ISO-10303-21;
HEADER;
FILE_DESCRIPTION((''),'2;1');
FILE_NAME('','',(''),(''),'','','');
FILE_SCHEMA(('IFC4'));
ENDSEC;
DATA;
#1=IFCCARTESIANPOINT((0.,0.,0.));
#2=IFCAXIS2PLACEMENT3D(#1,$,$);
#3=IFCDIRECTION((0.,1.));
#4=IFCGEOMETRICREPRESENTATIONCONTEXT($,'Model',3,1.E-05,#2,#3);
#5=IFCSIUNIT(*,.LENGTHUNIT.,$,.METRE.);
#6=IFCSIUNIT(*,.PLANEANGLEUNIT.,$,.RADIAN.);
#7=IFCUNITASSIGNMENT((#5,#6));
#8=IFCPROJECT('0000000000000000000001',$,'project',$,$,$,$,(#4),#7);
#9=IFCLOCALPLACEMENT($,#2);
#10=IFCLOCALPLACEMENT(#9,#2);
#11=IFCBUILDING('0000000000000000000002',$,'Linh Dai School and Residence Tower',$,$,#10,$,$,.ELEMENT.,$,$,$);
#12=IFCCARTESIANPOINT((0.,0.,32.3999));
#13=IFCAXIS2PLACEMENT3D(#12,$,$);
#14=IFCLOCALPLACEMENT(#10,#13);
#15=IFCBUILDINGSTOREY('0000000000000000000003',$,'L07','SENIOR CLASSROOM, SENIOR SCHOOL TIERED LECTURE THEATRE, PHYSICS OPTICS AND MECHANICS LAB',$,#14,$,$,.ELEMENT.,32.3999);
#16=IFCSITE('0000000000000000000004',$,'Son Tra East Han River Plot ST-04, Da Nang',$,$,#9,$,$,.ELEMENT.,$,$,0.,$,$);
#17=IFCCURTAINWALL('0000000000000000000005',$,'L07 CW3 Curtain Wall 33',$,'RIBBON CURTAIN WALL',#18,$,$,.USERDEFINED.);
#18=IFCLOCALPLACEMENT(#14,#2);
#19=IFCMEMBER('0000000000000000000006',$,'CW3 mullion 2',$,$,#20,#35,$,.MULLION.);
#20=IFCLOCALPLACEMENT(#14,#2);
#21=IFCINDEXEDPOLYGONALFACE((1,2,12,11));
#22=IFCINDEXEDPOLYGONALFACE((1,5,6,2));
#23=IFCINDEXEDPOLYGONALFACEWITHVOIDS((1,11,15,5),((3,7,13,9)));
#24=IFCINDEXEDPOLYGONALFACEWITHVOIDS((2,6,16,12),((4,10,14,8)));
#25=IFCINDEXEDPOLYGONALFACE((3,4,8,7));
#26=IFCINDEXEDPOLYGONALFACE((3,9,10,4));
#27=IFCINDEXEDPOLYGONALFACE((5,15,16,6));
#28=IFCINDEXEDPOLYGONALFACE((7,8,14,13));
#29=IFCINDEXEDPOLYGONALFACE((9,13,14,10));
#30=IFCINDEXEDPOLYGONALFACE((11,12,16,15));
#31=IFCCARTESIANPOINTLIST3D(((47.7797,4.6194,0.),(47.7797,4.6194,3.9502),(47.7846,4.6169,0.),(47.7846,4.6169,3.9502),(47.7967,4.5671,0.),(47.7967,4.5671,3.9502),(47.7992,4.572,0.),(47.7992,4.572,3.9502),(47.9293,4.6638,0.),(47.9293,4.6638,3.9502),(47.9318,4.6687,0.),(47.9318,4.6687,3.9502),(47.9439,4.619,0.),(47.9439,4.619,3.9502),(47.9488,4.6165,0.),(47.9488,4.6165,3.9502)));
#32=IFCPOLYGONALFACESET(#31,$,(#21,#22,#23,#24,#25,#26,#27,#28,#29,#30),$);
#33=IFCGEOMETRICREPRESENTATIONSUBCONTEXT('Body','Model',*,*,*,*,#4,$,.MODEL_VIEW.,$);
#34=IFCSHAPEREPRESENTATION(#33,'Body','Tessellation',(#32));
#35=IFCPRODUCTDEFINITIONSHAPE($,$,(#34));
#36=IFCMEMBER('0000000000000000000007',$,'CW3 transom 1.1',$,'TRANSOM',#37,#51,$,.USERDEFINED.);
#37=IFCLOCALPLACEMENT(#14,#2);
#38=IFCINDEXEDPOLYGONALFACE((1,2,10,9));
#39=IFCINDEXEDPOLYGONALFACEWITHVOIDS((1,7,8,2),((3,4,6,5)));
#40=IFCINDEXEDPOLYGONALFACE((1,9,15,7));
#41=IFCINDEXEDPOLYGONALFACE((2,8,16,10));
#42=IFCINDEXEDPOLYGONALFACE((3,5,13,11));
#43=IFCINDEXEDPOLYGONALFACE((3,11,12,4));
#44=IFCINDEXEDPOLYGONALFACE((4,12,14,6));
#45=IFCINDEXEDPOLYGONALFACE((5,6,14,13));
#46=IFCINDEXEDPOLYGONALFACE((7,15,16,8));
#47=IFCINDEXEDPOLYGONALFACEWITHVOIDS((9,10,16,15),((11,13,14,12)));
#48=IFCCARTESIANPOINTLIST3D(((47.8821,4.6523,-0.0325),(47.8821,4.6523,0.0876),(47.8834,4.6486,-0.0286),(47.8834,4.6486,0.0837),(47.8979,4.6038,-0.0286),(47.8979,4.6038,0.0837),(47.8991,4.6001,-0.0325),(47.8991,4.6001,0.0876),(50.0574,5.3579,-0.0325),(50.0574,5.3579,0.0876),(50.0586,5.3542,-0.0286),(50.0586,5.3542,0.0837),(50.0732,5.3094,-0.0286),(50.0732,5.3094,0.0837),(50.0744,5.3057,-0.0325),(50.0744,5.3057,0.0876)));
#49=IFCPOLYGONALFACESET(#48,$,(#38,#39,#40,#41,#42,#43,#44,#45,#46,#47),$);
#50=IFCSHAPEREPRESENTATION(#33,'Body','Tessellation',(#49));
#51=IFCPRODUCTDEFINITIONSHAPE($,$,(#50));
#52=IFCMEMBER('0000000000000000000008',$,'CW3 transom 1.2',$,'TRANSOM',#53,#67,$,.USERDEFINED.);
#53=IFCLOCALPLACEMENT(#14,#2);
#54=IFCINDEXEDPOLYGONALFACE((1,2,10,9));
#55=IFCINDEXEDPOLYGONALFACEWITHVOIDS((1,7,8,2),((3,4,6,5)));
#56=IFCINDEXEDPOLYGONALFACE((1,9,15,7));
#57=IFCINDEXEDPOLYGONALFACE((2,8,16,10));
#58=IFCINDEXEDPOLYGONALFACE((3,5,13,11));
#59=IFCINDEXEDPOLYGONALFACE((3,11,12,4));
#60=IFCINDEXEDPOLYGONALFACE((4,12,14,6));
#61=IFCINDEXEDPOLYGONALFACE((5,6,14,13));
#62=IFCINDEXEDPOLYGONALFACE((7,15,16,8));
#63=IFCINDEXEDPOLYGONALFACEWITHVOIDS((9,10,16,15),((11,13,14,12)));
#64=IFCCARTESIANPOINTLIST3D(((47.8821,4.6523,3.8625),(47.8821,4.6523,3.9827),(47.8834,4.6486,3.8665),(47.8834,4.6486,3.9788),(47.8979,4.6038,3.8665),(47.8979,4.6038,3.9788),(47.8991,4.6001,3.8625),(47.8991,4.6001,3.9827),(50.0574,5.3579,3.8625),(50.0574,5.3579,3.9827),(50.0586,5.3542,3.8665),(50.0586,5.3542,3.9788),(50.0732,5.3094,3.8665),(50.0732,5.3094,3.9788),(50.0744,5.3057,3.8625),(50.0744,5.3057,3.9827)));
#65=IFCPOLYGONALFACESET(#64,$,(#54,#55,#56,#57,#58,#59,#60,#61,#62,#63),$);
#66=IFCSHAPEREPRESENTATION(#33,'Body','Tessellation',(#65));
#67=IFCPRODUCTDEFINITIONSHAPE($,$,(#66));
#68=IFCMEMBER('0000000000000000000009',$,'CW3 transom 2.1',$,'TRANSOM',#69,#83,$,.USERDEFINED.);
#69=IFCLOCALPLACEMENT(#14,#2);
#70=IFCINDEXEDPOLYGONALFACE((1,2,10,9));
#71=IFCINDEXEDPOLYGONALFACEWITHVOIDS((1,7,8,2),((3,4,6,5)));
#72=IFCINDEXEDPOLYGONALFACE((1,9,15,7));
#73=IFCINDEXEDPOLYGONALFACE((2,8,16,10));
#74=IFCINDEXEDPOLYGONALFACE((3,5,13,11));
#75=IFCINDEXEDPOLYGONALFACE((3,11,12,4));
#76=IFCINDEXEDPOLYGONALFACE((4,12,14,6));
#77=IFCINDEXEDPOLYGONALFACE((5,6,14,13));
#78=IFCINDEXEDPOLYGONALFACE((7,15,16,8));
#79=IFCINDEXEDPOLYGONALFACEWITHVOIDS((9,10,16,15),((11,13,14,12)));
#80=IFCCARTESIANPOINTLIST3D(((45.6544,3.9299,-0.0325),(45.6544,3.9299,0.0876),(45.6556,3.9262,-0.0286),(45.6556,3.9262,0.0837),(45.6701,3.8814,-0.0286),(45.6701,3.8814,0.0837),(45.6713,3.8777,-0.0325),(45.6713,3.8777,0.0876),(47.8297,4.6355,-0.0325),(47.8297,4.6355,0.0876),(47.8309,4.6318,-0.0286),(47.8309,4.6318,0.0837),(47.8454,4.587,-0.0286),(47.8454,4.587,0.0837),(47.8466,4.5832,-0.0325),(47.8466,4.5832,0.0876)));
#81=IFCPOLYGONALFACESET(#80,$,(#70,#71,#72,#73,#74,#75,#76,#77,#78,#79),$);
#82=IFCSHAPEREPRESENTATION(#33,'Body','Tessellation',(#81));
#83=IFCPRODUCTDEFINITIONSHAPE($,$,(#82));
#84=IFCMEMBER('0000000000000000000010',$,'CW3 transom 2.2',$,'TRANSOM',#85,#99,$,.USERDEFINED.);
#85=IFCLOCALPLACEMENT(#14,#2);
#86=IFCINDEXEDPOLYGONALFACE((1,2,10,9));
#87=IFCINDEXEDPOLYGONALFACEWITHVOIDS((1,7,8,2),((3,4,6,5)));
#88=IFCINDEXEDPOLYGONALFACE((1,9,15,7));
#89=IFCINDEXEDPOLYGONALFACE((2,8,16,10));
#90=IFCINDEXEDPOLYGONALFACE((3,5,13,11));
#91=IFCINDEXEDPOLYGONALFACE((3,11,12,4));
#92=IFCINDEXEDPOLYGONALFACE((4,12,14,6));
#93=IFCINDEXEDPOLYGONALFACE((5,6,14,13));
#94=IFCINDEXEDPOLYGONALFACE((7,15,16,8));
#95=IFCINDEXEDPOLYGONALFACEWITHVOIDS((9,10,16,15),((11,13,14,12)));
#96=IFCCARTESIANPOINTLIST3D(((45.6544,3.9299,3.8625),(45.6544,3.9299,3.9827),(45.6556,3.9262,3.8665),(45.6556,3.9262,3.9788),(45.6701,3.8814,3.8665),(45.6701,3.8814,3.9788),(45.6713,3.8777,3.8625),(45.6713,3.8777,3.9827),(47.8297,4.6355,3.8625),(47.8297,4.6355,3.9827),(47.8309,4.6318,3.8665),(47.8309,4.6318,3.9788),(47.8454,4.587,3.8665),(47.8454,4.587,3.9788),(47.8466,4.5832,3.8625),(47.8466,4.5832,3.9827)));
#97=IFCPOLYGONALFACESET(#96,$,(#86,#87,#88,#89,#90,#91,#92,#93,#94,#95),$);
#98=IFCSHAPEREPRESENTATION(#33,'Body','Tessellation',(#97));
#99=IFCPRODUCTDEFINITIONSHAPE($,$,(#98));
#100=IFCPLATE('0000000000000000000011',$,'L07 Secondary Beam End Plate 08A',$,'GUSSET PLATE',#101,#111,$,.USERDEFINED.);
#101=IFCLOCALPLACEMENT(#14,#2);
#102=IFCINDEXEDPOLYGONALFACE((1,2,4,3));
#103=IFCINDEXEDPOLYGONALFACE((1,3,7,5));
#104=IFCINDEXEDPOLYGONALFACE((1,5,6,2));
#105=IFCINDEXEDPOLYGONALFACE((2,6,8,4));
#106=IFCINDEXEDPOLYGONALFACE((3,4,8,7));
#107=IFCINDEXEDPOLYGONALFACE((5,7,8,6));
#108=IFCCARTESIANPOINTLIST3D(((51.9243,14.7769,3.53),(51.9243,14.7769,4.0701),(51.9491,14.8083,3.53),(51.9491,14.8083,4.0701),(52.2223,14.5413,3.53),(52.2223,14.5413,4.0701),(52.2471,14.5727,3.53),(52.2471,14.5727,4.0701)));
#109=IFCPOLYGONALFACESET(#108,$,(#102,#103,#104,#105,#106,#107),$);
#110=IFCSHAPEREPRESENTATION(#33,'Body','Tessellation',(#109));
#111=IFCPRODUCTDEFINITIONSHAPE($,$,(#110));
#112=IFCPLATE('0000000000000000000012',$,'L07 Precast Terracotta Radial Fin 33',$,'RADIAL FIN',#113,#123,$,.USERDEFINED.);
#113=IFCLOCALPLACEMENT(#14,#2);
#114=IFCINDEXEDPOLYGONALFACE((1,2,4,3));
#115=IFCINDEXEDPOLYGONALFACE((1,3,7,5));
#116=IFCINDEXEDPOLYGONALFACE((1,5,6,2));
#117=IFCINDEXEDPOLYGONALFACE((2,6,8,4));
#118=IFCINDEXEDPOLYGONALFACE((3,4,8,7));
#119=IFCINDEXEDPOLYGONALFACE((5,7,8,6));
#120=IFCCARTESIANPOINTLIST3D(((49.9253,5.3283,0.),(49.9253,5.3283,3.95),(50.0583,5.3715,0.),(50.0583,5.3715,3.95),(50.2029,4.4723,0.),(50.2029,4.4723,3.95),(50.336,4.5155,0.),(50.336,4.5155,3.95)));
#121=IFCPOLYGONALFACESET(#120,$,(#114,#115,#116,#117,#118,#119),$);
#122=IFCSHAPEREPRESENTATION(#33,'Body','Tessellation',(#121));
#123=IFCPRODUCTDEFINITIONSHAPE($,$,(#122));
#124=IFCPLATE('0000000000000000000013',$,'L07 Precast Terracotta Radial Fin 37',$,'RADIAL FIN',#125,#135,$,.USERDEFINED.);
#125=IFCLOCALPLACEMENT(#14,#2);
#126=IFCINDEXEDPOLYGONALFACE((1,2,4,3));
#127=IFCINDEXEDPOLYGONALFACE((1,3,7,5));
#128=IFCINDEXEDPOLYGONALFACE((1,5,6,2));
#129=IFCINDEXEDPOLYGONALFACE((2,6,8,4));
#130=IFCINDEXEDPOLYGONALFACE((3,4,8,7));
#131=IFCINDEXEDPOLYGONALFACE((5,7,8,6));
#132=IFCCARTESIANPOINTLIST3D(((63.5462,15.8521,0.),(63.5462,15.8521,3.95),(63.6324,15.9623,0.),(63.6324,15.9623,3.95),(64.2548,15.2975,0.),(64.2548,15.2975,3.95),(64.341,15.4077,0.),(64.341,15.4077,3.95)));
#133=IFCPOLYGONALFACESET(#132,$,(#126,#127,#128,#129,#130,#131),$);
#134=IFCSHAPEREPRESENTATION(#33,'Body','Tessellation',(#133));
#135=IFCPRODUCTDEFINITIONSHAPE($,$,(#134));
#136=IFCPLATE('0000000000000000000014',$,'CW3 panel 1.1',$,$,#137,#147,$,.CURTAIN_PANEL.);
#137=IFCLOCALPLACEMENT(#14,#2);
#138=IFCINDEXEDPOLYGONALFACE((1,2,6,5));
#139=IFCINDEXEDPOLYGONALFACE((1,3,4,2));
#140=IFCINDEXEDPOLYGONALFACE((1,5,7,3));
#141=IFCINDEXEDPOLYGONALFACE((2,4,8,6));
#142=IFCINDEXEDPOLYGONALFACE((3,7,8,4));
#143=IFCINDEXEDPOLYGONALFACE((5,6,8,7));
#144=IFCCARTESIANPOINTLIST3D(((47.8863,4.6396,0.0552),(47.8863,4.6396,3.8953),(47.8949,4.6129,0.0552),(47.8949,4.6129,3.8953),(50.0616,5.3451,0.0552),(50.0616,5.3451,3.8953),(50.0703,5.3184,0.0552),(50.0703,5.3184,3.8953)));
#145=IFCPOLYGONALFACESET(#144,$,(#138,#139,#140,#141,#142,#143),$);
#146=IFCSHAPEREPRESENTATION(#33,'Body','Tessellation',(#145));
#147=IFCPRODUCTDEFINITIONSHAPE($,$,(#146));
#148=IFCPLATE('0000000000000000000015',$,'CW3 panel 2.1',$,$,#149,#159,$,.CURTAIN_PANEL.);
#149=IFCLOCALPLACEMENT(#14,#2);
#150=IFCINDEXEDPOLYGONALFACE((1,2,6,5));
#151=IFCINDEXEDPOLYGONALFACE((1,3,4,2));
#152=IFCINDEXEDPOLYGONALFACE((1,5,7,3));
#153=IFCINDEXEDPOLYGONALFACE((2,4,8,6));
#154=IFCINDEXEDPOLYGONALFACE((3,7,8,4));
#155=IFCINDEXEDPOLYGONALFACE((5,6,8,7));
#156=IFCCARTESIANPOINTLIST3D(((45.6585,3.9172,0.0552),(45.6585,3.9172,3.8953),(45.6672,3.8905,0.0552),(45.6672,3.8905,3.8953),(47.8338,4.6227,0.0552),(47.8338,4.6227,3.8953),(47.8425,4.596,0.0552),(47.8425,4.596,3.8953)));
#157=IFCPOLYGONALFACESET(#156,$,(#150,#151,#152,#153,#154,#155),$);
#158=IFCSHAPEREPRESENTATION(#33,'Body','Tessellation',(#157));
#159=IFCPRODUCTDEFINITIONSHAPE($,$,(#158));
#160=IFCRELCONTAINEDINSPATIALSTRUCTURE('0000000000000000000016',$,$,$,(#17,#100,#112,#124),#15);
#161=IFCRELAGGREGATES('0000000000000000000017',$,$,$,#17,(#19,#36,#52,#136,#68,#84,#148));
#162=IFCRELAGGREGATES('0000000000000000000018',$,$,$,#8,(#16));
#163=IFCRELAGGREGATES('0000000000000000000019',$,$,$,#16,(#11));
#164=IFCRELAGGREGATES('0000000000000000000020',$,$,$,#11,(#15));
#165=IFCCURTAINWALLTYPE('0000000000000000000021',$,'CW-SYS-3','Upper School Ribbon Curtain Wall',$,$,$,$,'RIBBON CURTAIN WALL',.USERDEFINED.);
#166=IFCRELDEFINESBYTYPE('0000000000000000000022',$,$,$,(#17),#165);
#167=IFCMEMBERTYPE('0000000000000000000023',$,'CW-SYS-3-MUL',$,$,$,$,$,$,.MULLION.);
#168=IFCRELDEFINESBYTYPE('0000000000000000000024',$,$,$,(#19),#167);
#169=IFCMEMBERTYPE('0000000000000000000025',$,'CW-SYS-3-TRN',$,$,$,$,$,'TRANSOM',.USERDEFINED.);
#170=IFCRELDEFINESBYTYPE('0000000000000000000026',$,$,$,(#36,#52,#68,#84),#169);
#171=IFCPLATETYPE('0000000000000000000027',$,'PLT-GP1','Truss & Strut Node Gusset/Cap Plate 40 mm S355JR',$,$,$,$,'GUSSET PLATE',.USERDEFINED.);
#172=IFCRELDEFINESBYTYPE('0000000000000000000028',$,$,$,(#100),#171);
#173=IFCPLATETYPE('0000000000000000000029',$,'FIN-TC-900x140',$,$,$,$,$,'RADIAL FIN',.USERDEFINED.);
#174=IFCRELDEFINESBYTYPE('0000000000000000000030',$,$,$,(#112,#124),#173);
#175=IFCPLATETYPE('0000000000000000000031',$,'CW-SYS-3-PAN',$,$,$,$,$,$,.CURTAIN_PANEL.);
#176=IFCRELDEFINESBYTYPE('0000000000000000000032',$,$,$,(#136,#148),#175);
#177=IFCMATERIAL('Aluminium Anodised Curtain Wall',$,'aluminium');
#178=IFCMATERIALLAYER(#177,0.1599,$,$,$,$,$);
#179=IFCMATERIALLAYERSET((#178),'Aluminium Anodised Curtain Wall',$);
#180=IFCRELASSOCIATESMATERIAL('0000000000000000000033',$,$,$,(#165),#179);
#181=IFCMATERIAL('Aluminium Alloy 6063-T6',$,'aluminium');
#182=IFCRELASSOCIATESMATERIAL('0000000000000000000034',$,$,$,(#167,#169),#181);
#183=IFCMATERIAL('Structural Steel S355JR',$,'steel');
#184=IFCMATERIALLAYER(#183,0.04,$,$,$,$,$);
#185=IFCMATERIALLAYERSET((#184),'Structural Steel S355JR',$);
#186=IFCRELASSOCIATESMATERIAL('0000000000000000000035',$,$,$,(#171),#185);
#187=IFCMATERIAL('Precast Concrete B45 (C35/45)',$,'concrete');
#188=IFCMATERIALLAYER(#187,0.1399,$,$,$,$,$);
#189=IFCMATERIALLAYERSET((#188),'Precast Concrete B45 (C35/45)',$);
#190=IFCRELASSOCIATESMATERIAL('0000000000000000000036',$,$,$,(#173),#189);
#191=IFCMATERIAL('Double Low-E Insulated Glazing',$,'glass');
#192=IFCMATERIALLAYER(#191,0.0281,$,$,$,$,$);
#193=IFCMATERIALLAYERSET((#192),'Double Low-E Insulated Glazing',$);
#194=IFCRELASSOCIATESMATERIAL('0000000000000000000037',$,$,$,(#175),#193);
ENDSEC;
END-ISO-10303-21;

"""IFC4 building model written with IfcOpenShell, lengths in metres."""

from ifc_helpers import new_model, si_unit, direction, frame, origin, origin_2d, place, context, subcontext, project, spatial, rectangle, hollow_rectangle, extrude, source, transform, mapped, material, layer, layer_set, material_profile, profile_set, type_object, element, aggregate, save


model = new_model("IFC4")

# Units and contexts
model_context = context("Model", 3, precision=1e-05, world=origin(), true_north=direction((0.0, 1.0)))
body_context = subcontext(model_context, "Body", "Model", "MODEL_VIEW")
ifc_project = project(units=[si_unit("LENGTHUNIT", "METRE"), si_unit("PLANEANGLEUNIT", "RADIAN")], contexts=[model_context])

# Site, building, storey
site_placement = place(None, origin())
site = spatial("IfcSite", under=ifc_project, at=site_placement, Name="Son Tra East Han River Plot ST-04, Da Nang", CompositionType="ELEMENT", RefElevation=0.0)
building_placement = place(site_placement, origin())
building = spatial("IfcBuilding", under=site, at=building_placement, Name="Linh Dai School and Residence Tower", CompositionType="ELEMENT")
storey_placement = place(building_placement, frame((0.0, 0.0, 32.3999)))
storey = spatial("IfcBuildingStorey", under=building, at=storey_placement, Name="L07", Description="SENIOR CLASSROOM, SENIOR SCHOOL TIERED LECTURE THEATRE, PHYSICS OPTICS AND MECHANICS LAB", CompositionType="ELEMENT", Elevation=32.3999)

# Shared definitions
ifc_material_1 = material(Name="Structural Steel S355JR", Category="steel")

# Curtain wall, members
ifc_material_2 = material(Name="Aluminium Anodised Curtain Wall", Category="aluminium")
ifc_layer_1 = layer(ifc_material_2, 0.1599)
ifc_layer_set_1 = layer_set([ifc_layer_1], Name="Aluminium Anodised Curtain Wall")
curtain_wall_type = type_object("IfcCurtainWallType", Name="CW-SYS-3", Description="Upper School Ribbon Curtain Wall", ElementType="RIBBON CURTAIN WALL", PredefinedType="USERDEFINED", material=ifc_layer_set_1)
curtain_wall_placement = place(storey_placement, origin())
curtain_wall = element("IfcCurtainWall", 1, at=curtain_wall_placement, inside=storey, type_object=curtain_wall_type, Name="L07 CW3 Curtain Wall 33", ObjectType="RIBBON CURTAIN WALL", PredefinedType="USERDEFINED")
ifc_material_3 = material(Name="Aluminium Alloy 6063-T6", Category="aluminium")
ifc_material_profile_1 = material_profile(ifc_material_3, hollow_rectangle(XDim=0.0549, YDim=0.1599, WallThickness=0.0039, at=origin_2d()), Name="RHS 160x55x4")
ifc_profile_set_1 = profile_set([ifc_material_profile_1], Name="Aluminium Alloy 6063-T6")
member_type_1 = type_object("IfcMemberType", Name="CW-SYS-3-MUL", PredefinedType="MULLION", material=ifc_profile_set_1)
shared_shape_1 = source(origin(), body_context, "Body", "SweptSolid", [
    extrude(hollow_rectangle(XDim=0.0549, YDim=0.1599, WallThickness=0.0039, at=origin_2d()), origin(), (0.0, 0.0, 1.0), 3.9502),
])
member_1_placement = place(storey_placement, frame((47.8643, 4.6179, 0.0), z_axis=(0.0, 0.0, 1.0), x_axis=(0.308511, -0.951221, 0.0)))
member_1 = element("IfcMember", 2, at=member_1_placement, type_object=member_type_1, Name="CW3 mullion 2", PredefinedType="MULLION", context=body_context, shape_type="MappedRepresentation", body=[
    mapped(shared_shape_1, transform((0.0, 0.0, 0.0), x_axis=(1.0, 0.0, 0.0), y_axis=(0.0, 1.0, 0.0), z_axis=(0.0, 0.0, 1.0), scale=1.0)),
])
ifc_material_profile_2 = material_profile(ifc_material_3, hollow_rectangle(XDim=0.0549, YDim=0.1201, WallThickness=0.0039, at=origin_2d()), Name="RHS 120x55x4")
ifc_profile_set_2 = profile_set([ifc_material_profile_2], Name="Aluminium Alloy 6063-T6")
member_type_2 = type_object("IfcMemberType", Name="CW-SYS-3-TRN", ElementType="TRANSOM", PredefinedType="USERDEFINED", material=ifc_profile_set_2)
shared_shape_2 = source(origin(), body_context, "Body", "SweptSolid", [
    extrude(hollow_rectangle(XDim=0.0549, YDim=0.1201, WallThickness=0.0039, at=origin_2d()), origin(), (0.0, 0.0, 1.0), 2.2869),
])
member_2_placement = place(storey_placement, frame((50.0659, 5.3318, 0.0276), z_axis=(-0.951214, -0.308531, 0.0), x_axis=(0.308531, -0.951214, 0.0)))
member_2 = element("IfcMember", 3, at=member_2_placement, type_object=member_type_2, Name="CW3 transom 1.1", ObjectType="TRANSOM", PredefinedType="USERDEFINED", context=body_context, shape_type="MappedRepresentation", body=[
    mapped(shared_shape_2, transform((0.0, 0.0, 0.0), x_axis=(1.0, 0.0, 0.0), y_axis=(0.0, 1.0, 0.0), z_axis=(0.0, 0.0, 1.0), scale=1.0)),
])
member_3_placement = place(storey_placement, frame((50.0659, 5.3318, 3.9226), z_axis=(-0.951214, -0.308531, 0.0), x_axis=(0.308531, -0.951214, 0.0)))
member_3 = element("IfcMember", 4, at=member_3_placement, type_object=member_type_2, Name="CW3 transom 1.2", ObjectType="TRANSOM", PredefinedType="USERDEFINED", context=body_context, shape_type="MappedRepresentation", body=[
    mapped(shared_shape_2, transform((0.0, 0.0, 0.0), x_axis=(1.0, 0.0, 0.0), y_axis=(0.0, 1.0, 0.0), z_axis=(0.0, 0.0, 1.0), scale=1.0)),
])
member_4_placement = place(storey_placement, frame((47.8381, 4.6094, 0.0276), z_axis=(-0.951214, -0.308531, 0.0), x_axis=(0.308531, -0.951214, 0.0)))
member_4 = element("IfcMember", 5, at=member_4_placement, type_object=member_type_2, Name="CW3 transom 2.1", ObjectType="TRANSOM", PredefinedType="USERDEFINED", context=body_context, shape_type="MappedRepresentation", body=[
    mapped(shared_shape_2, transform((0.0, 0.0, 0.0), x_axis=(1.0, 0.0, 0.0), y_axis=(0.0, 1.0, 0.0), z_axis=(0.0, 0.0, 1.0), scale=1.0)),
])
member_5_placement = place(storey_placement, frame((47.8381, 4.6094, 3.9226), z_axis=(-0.951214, -0.308531, 0.0), x_axis=(0.308531, -0.951214, 0.0)))
member_5 = element("IfcMember", 6, at=member_5_placement, type_object=member_type_2, Name="CW3 transom 2.2", ObjectType="TRANSOM", PredefinedType="USERDEFINED", context=body_context, shape_type="MappedRepresentation", body=[
    mapped(shared_shape_2, transform((0.0, 0.0, 0.0), x_axis=(1.0, 0.0, 0.0), y_axis=(0.0, 1.0, 0.0), z_axis=(0.0, 0.0, 1.0), scale=1.0)),
])

# Plates
ifc_layer_2 = layer(ifc_material_1, 0.04)
ifc_layer_set_2 = layer_set([ifc_layer_2], Name="Structural Steel S355JR")
plate_type_1 = type_object("IfcPlateType", Name="PLT-GP1", Description="Truss & Strut Node Gusset/Cap Plate 40 mm S355JR", ElementType="GUSSET PLATE", PredefinedType="USERDEFINED", material=ifc_layer_set_2)
shared_shape_3 = source(origin(), body_context, "Body", "SweptSolid", [
    extrude(rectangle(XDim=0.04, YDim=0.3799, at=origin_2d()), origin(), (0.0, 0.0, 1.0), 0.54),
])
plate_1_placement = place(storey_placement, frame((52.0857, 14.6748, 3.53), z_axis=(0.0, 0.0, 1.0), x_axis=(0.620178, 0.784461, 0.0)))
element("IfcPlate", 7, at=plate_1_placement, inside=storey, type_object=plate_type_1, Name="L07 Secondary Beam End Plate 08A", ObjectType="GUSSET PLATE", PredefinedType="USERDEFINED", context=body_context, shape_type="MappedRepresentation", body=[
    mapped(shared_shape_3, transform((0.0, 0.0, 0.0), x_axis=(1.0, 0.0, 0.0), y_axis=(0.0, 1.0, 0.0), z_axis=(0.0, 0.0, 1.0), scale=1.0)),
])
ifc_material_4 = material(Name="Precast Concrete B45 (C35/45)", Category="concrete")
ifc_layer_3 = layer(ifc_material_4, 0.1399)
ifc_layer_set_3 = layer_set([ifc_layer_3], Name="Precast Concrete B45 (C35/45)")
plate_type_2 = type_object("IfcPlateType", Name="FIN-TC-900x140", ElementType="RADIAL FIN", PredefinedType="USERDEFINED", material=ifc_layer_set_3)
shared_shape_4 = source(origin(), body_context, "Body", "SweptSolid", [
    extrude(rectangle(XDim=0.8999, YDim=0.1399, at=origin_2d()), origin(), (0.0, 0.0, 1.0), 3.95),
])
for number, where, z_axis, x_axis, name in (
    (8, (50.1306, 4.9219, 0.0), (0.0, 0.0, 1.0), (0.308511, -0.951221, 0.0), "L07 Precast Terracotta Radial Fin 33"),
    (9, (63.9436, 15.6299, 0.0), (0.0, 0.0, 1.0), (0.787496, -0.616319, 0.0), "L07 Precast Terracotta Radial Fin 37"),
):
    element("IfcPlate", number, at=place(storey_placement, frame(where, z_axis=z_axis, x_axis=x_axis)), inside=storey, type_object=plate_type_2, Name=name, ObjectType="RADIAL FIN", PredefinedType="USERDEFINED", context=body_context, shape_type="MappedRepresentation", body=[
        mapped(shared_shape_4, transform((0.0, 0.0, 0.0), x_axis=(1.0, 0.0, 0.0), y_axis=(0.0, 1.0, 0.0), z_axis=(0.0, 0.0, 1.0), scale=1.0)),
    ])

# Plates
ifc_material_5 = material(Name="Double Low-E Insulated Glazing", Category="glass")
ifc_layer_4 = layer(ifc_material_5, 0.0281)
ifc_layer_set_4 = layer_set([ifc_layer_4], Name="Double Low-E Insulated Glazing")
plate_type_3 = type_object("IfcPlateType", Name="CW-SYS-3-PAN", PredefinedType="CURTAIN_PANEL", material=ifc_layer_set_4)
shared_shape_5 = source(origin(), body_context, "Body", "SweptSolid", [
    extrude(rectangle(XDim=2.2869, YDim=0.0281, at=origin_2d()), origin(), (0.0, 0.0, 1.0), 3.8401),
])
plate_2_placement = place(storey_placement, frame((48.9783, 4.979, 0.0552), z_axis=(0.0, 0.0, 1.0), x_axis=(-0.951221, -0.308511, 0.0)))
plate_2 = element("IfcPlate", 10, at=plate_2_placement, type_object=plate_type_3, Name="CW3 panel 1.1", PredefinedType="CURTAIN_PANEL", context=body_context, shape_type="MappedRepresentation", body=[
    mapped(shared_shape_5, transform((0.0, 0.0, 0.0), x_axis=(1.0, 0.0, 0.0), y_axis=(0.0, 1.0, 0.0), z_axis=(0.0, 0.0, 1.0), scale=1.0)),
])
plate_3_placement = place(storey_placement, frame((46.7505, 4.2566, 0.0552), z_axis=(0.0, 0.0, 1.0), x_axis=(-0.951221, -0.308511, 0.0)))
plate_3 = element("IfcPlate", 11, at=plate_3_placement, type_object=plate_type_3, Name="CW3 panel 2.1", PredefinedType="CURTAIN_PANEL", context=body_context, shape_type="MappedRepresentation", body=[
    mapped(shared_shape_5, transform((0.0, 0.0, 0.0), x_axis=(1.0, 0.0, 0.0), y_axis=(0.0, 1.0, 0.0), z_axis=(0.0, 0.0, 1.0), scale=1.0)),
])
aggregate(curtain_wall, [member_1, member_2, member_3, plate_2, member_4, member_5, plate_3])

save(model, "model.ifc")
